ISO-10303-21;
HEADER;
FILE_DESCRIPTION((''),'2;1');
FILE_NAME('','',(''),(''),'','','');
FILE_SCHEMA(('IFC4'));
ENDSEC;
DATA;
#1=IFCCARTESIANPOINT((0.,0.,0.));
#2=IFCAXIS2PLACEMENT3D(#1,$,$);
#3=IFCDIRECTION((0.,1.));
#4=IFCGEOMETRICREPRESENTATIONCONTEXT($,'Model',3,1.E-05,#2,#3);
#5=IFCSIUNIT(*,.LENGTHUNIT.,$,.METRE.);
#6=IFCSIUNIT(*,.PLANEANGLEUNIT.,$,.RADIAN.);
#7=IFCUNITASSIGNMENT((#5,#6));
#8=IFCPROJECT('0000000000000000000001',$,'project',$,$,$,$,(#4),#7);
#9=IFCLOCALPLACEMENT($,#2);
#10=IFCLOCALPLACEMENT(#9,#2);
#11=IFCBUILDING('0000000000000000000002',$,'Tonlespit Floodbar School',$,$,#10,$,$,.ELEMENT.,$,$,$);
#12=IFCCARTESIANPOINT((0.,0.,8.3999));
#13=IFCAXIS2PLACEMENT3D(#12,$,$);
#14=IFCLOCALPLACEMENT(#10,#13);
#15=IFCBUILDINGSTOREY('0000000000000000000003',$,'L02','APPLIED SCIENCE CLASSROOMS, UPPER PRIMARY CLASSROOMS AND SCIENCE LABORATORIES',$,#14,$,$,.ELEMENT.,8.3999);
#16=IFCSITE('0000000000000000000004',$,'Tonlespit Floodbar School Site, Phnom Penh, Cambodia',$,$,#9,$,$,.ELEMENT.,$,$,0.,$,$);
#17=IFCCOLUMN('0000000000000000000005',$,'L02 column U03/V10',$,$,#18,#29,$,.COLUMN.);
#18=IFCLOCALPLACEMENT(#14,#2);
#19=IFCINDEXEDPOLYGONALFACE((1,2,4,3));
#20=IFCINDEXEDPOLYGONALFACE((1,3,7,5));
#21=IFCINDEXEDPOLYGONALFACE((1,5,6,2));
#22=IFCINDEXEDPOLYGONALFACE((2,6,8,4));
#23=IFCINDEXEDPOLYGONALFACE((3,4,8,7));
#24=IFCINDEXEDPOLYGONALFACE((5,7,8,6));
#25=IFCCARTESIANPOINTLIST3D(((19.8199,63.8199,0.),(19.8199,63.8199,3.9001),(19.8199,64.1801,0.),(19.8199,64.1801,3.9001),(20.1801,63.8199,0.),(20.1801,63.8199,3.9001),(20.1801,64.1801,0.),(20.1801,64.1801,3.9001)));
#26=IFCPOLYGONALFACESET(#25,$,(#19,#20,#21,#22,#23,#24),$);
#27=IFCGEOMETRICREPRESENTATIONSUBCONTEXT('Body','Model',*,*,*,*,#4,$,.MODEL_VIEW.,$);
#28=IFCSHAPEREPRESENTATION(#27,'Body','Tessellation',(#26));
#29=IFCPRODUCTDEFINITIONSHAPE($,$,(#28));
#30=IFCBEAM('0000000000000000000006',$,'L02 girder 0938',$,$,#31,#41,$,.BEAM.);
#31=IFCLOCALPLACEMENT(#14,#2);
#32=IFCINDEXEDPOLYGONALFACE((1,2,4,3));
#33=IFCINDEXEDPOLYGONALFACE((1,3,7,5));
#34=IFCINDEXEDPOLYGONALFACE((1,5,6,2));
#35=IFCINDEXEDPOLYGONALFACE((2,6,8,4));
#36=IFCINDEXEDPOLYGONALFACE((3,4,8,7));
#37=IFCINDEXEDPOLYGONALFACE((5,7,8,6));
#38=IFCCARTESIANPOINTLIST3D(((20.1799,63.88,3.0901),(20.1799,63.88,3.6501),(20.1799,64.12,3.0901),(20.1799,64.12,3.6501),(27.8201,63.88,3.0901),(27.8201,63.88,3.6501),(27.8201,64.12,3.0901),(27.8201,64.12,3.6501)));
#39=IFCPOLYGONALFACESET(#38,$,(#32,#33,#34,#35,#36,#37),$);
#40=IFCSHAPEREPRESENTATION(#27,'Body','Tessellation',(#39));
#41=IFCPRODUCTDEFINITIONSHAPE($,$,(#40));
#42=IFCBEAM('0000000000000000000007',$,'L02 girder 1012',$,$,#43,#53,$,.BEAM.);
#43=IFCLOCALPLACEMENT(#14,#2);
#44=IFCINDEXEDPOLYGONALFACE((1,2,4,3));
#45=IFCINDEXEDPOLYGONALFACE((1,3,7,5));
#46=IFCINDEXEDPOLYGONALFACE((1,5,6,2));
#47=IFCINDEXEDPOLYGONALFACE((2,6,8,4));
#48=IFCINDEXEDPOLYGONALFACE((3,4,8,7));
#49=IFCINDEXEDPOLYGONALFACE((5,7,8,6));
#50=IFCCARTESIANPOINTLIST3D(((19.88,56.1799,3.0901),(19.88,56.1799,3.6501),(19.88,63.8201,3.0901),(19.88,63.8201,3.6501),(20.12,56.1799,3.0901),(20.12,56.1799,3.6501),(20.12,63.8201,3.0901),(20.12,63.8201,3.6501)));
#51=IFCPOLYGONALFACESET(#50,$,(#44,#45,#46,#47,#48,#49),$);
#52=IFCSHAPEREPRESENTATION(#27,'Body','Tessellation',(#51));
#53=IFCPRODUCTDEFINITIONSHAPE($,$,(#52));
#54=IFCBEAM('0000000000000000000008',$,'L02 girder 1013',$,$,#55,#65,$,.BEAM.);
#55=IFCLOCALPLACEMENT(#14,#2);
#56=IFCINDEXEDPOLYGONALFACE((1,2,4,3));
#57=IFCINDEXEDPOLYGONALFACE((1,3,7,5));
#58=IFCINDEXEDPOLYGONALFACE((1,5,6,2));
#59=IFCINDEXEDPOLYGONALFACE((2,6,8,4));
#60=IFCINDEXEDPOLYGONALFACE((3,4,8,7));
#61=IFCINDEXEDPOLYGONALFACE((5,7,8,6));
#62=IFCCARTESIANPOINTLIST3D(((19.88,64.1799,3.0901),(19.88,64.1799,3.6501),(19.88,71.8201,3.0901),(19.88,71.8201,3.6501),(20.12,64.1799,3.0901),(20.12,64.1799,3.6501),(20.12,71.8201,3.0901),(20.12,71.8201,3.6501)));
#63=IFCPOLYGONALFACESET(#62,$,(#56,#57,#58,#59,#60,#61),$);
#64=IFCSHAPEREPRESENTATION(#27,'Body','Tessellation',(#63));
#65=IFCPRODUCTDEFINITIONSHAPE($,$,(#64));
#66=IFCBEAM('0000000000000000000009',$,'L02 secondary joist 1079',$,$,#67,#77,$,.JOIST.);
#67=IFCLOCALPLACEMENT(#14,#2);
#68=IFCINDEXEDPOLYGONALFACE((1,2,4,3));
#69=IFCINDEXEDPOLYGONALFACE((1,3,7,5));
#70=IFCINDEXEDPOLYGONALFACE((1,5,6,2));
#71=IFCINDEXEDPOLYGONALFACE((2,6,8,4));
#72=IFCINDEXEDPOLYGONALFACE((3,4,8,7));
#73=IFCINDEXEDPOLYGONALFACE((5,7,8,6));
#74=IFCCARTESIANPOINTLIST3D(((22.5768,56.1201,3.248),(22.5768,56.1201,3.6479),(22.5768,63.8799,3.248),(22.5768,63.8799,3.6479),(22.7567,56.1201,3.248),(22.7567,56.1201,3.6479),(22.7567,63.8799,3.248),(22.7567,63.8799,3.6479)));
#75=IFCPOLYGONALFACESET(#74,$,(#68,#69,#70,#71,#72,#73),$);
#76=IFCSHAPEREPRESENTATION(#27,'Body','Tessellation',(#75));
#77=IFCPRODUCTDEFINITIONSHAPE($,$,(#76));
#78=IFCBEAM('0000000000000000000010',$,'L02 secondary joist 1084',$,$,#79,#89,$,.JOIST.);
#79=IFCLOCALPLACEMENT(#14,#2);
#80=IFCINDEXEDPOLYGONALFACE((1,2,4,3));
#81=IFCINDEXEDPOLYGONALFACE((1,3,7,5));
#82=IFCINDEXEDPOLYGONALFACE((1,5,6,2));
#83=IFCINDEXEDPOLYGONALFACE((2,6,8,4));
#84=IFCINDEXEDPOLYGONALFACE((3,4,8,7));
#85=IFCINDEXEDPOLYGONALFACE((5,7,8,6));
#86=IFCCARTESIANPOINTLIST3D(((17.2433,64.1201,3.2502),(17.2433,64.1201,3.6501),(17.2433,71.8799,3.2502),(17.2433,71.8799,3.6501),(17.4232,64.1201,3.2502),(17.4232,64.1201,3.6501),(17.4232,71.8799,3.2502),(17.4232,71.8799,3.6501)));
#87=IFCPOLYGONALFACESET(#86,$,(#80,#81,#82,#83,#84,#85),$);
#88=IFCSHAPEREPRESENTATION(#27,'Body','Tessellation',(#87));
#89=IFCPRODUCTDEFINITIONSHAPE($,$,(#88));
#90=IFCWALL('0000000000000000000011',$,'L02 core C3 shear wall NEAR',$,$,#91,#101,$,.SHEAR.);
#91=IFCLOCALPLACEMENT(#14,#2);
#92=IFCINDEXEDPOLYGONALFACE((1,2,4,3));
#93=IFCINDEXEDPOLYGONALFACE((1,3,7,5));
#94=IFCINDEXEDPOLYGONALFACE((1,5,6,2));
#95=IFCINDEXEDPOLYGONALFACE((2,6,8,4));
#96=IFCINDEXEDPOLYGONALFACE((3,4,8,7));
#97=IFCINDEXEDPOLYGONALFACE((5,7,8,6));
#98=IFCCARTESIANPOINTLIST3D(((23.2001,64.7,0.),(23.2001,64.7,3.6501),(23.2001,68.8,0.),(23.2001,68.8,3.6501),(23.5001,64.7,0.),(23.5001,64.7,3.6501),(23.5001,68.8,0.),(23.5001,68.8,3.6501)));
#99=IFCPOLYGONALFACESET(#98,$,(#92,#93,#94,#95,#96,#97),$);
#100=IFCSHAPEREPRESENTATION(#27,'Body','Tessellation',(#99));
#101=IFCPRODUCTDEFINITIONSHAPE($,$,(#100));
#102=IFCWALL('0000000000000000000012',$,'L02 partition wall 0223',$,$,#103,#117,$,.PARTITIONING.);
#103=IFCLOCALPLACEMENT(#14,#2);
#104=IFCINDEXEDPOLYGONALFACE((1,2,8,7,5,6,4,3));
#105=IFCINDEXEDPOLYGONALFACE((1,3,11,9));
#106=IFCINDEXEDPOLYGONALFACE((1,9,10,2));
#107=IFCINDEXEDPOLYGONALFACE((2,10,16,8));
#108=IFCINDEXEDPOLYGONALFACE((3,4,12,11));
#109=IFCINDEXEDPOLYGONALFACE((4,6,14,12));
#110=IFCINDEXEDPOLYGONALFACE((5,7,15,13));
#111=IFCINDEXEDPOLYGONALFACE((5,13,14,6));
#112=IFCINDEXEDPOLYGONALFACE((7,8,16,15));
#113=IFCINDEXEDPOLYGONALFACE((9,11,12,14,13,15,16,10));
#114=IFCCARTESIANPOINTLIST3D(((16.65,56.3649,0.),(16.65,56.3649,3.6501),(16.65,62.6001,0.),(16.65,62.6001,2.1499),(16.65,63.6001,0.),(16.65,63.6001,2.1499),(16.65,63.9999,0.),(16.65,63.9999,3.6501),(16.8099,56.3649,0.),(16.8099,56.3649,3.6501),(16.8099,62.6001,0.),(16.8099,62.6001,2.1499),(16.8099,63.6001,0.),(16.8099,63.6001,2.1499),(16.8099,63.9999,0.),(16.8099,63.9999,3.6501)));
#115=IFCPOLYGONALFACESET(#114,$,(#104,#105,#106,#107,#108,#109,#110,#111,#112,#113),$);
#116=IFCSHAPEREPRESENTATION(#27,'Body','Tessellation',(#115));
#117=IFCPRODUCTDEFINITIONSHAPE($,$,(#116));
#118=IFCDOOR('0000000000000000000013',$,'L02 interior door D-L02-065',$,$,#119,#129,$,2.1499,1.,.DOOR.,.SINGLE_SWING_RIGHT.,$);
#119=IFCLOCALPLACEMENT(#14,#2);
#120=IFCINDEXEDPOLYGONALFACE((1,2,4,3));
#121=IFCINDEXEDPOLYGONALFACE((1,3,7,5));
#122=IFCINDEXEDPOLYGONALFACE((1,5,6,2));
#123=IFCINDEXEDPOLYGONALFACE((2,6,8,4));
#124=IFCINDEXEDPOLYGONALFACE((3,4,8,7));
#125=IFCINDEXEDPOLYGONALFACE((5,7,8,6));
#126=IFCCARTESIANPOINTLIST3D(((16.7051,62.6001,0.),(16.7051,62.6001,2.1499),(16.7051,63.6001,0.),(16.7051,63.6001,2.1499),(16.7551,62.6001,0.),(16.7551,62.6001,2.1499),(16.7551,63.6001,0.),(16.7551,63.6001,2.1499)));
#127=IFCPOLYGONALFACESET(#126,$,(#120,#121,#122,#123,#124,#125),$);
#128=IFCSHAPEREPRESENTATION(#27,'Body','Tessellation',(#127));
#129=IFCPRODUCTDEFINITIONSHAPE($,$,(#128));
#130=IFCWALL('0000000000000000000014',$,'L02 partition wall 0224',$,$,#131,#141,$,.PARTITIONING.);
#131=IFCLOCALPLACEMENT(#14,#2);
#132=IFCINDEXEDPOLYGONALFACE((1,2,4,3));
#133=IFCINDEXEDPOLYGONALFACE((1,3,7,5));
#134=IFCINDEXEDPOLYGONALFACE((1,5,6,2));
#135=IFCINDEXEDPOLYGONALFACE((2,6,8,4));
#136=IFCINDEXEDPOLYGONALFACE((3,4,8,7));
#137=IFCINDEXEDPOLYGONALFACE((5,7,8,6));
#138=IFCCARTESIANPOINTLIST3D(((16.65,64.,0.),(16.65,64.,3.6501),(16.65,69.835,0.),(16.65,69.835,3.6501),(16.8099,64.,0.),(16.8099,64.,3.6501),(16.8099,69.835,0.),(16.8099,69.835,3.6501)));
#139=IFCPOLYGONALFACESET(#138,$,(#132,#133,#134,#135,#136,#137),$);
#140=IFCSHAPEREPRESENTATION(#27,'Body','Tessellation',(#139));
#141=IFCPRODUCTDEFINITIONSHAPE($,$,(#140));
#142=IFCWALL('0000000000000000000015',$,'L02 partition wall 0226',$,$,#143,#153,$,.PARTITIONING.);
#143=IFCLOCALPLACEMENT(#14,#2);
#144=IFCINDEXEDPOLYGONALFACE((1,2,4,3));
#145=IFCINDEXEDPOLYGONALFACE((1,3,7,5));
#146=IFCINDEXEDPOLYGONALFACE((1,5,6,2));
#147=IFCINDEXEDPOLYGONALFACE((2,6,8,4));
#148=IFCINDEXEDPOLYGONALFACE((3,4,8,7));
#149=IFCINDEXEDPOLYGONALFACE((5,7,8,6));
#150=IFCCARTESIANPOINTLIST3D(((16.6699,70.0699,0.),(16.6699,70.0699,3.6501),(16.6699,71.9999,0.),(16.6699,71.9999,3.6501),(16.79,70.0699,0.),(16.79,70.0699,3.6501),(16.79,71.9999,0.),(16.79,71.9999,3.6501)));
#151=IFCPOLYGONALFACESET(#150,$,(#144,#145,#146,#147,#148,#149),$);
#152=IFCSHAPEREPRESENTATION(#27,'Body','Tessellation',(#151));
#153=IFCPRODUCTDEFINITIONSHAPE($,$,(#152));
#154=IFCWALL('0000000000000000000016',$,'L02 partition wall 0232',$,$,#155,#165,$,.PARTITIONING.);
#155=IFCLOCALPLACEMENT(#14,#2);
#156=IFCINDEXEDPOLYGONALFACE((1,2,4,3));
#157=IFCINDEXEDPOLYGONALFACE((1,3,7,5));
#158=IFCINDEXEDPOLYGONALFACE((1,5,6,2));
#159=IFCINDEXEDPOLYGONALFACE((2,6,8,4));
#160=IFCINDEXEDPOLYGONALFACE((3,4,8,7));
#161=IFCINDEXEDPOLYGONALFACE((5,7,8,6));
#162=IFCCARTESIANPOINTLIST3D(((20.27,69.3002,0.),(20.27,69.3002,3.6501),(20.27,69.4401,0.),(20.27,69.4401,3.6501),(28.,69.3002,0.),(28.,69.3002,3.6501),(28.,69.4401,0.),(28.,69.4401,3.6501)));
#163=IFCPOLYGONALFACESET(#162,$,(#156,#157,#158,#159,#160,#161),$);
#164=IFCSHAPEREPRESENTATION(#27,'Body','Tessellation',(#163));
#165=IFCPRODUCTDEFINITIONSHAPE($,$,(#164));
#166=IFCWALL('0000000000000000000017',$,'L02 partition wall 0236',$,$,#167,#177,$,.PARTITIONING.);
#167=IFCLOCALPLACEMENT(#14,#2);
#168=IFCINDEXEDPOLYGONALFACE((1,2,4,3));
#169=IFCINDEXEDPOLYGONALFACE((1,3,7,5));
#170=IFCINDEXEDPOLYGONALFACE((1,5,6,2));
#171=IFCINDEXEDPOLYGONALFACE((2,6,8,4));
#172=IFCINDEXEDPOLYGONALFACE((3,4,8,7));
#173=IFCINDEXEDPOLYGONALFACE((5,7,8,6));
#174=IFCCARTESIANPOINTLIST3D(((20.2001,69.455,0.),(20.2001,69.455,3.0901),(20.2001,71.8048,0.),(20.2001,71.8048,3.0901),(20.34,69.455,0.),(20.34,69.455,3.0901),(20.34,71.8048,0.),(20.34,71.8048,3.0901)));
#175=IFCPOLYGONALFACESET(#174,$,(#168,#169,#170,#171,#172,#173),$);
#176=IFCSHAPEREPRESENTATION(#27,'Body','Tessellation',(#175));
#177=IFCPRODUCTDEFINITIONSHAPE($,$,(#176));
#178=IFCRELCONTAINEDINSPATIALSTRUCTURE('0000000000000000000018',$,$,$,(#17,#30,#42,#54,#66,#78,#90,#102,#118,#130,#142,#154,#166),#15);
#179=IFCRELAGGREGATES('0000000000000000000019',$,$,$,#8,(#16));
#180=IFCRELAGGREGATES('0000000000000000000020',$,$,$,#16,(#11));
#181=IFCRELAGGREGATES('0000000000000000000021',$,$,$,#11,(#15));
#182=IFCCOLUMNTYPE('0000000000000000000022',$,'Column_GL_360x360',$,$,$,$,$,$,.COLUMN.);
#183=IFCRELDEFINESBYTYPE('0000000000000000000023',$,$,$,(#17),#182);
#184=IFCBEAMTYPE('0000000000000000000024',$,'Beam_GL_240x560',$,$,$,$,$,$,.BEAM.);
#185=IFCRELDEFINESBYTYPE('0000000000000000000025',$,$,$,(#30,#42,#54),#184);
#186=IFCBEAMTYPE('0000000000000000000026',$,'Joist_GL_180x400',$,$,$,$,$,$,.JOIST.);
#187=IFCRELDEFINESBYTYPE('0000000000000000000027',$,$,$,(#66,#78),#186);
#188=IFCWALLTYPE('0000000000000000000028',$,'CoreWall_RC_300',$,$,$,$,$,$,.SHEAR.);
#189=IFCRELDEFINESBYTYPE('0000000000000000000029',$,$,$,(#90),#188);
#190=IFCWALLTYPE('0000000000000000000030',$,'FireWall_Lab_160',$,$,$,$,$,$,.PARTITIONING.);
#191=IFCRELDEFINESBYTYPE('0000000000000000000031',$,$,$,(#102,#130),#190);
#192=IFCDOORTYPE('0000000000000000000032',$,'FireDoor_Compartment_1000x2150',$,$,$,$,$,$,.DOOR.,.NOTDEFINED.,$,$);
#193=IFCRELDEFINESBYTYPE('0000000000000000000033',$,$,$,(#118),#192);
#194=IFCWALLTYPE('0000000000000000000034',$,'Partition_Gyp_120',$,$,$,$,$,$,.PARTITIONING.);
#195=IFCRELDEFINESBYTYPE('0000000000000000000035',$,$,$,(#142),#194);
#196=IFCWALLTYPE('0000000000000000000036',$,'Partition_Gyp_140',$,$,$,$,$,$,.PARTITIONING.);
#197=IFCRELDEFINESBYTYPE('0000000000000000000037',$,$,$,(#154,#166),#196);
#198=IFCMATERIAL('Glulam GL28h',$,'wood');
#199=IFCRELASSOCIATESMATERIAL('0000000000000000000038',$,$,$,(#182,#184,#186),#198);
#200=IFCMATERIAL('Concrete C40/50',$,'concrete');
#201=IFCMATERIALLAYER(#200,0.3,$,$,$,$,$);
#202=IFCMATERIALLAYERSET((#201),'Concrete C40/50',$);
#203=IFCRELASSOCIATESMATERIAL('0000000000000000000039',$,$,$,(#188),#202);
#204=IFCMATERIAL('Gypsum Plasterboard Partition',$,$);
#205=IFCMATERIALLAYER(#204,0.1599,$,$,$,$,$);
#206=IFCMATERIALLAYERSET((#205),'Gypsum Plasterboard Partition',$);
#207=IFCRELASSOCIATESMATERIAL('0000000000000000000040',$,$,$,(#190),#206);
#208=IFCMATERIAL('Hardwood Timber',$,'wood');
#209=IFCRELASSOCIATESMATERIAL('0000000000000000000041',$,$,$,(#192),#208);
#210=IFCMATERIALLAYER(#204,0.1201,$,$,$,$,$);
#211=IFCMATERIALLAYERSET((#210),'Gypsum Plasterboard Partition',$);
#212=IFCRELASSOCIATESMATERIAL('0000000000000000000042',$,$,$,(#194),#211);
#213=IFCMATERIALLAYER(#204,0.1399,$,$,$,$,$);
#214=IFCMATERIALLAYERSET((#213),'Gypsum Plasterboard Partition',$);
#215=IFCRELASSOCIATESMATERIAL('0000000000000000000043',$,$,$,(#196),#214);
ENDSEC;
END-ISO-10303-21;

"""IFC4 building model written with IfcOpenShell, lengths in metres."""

from ifc_helpers import new_model, si_unit, direction, frame, frame_2d, origin, origin_2d, place, context, subcontext, project, spatial, rectangle, extrude, material, layer, layer_set, material_profile, profile_set, type_object, element, fill, save


model = new_model("IFC4")

# Units and contexts
model_context = context("Model", 3, precision=1e-05, world=origin(), true_north=direction((0.0, 1.0)))
body_context = subcontext(model_context, "Body", "Model", "MODEL_VIEW")
ifc_project = project(units=[si_unit("LENGTHUNIT", "METRE"), si_unit("PLANEANGLEUNIT", "RADIAN")], contexts=[model_context])

# Site, building, storey
site_placement = place(None, origin())
site = spatial("IfcSite", under=ifc_project, at=site_placement, Name="Tonlespit Floodbar School Site, Phnom Penh, Cambodia", CompositionType="ELEMENT", RefElevation=0.0)
building_placement = place(site_placement, origin())
building = spatial("IfcBuilding", under=site, at=building_placement, Name="Tonlespit Floodbar School", CompositionType="ELEMENT")
storey_placement = place(building_placement, frame((0.0, 0.0, 8.3999)))
storey = spatial("IfcBuildingStorey", under=building, at=storey_placement, Name="L02", Description="APPLIED SCIENCE CLASSROOMS, UPPER PRIMARY CLASSROOMS AND SCIENCE LABORATORIES", CompositionType="ELEMENT", Elevation=8.3999)

# Column
ifc_material_1 = material(Name="Glulam GL28h", Category="wood")
ifc_material_profile_1 = material_profile(ifc_material_1, rectangle(XDim=0.3601, YDim=0.3601, at=origin_2d()), Name="GL 360x360")
ifc_profile_set_1 = profile_set([ifc_material_profile_1], Name="Glulam GL28h")
column_type = type_object("IfcColumnType", Name="Column_GL_360x360", PredefinedType="COLUMN", material=ifc_profile_set_1)
column_placement = place(storey_placement, frame((20.0, 64.0, 0.0), z_axis=(0.0, 0.0, 1.0), x_axis=(1.0, 0.0, 0.0)))
element("IfcColumn", 1, at=column_placement, inside=storey, type_object=column_type, Name="L02 column U03/V10", PredefinedType="COLUMN", context=body_context, shape_type="SweptSolid", body=[
    extrude(rectangle(XDim=0.3601, YDim=0.3601, at=origin_2d()), origin(), (0.0, 0.0, 1.0), 3.9001),
])

# Beams
ifc_material_profile_2 = material_profile(ifc_material_1, rectangle(XDim=0.24, YDim=0.5601, at=origin_2d()), Name="GL 240x560")
ifc_profile_set_2 = profile_set([ifc_material_profile_2], Name="Glulam GL28h")
beam_type_1 = type_object("IfcBeamType", Name="Beam_GL_240x560", PredefinedType="BEAM", material=ifc_profile_set_2)
for number, where, z_axis, x_axis, name in (
    (2, (20.1799, 64.0, 3.3701), (1.0, 0.0, 0.0), (0.0, 1.0, 0.0), "L02 girder 0938"),
    (3, (20.0, 56.1799, 3.3701), (0.0, 1.0, 0.0), (-1.0, 0.0, 0.0), "L02 girder 1012"),
    (4, (20.0, 64.1799, 3.3701), (0.0, 1.0, 0.0), (-1.0, 0.0, 0.0), "L02 girder 1013"),
):
    element("IfcBeam", number, at=place(storey_placement, frame(where, z_axis=z_axis, x_axis=x_axis)), inside=storey, type_object=beam_type_1, Name=name, PredefinedType="BEAM", context=body_context, shape_type="SweptSolid", body=[
        extrude(rectangle(XDim=0.24, YDim=0.5601, at=origin_2d()), origin(), (0.0, 0.0, 1.0), 7.6401),
    ])
ifc_material_profile_3 = material_profile(ifc_material_1, rectangle(XDim=0.1799, YDim=0.3999, at=origin_2d()), Name="GL 180x400")
ifc_profile_set_3 = profile_set([ifc_material_profile_3], Name="Glulam GL28h")
beam_type_2 = type_object("IfcBeamType", Name="Joist_GL_180x400", PredefinedType="JOIST", material=ifc_profile_set_3)
for number, where, z_axis, x_axis, name in (
    (5, (22.6667, 56.1201, 3.448), (0.0, 1.0, 0.0), (-1.0, 0.0, 0.0), "L02 secondary joist 1079"),
    (6, (17.3333, 64.1201, 3.4502), (0.0, 1.0, 0.0), (-1.0, 0.0, 0.0), "L02 secondary joist 1084"),
):
    element("IfcBeam", number, at=place(storey_placement, frame(where, z_axis=z_axis, x_axis=x_axis)), inside=storey, type_object=beam_type_2, Name=name, PredefinedType="JOIST", context=body_context, shape_type="SweptSolid", body=[
        extrude(rectangle(XDim=0.1799, YDim=0.3999, at=origin_2d()), origin(), (0.0, 0.0, 1.0), 7.7598),
    ])

# Wall
ifc_material_2 = material(Name="Concrete C40/50", Category="concrete")
ifc_layer_1 = layer(ifc_material_2, 0.3)
ifc_layer_set_1 = layer_set([ifc_layer_1], Name="Concrete C40/50")
wall_type_1 = type_object("IfcWallType", Name="CoreWall_RC_300", PredefinedType="SHEAR", material=ifc_layer_set_1)
wall_1_placement = place(storey_placement, frame((23.3501, 64.7, 0.0), z_axis=(0.0, 0.0, 1.0), x_axis=(0.0, 1.0, 0.0)))
element("IfcWall", 7, at=wall_1_placement, inside=storey, type_object=wall_type_1, Name="L02 core C3 shear wall NEAR", PredefinedType="SHEAR", context=body_context, shape_type="SweptSolid", body=[
    extrude(rectangle(XDim=4.1001, YDim=0.3, at=frame_2d((2.05, 0.0))), origin(), (0.0, 0.0, 1.0), 3.6501),
])

# Wall, opening, door
ifc_material_3 = material(Name="Gypsum Plasterboard Partition")
ifc_layer_2 = layer(ifc_material_3, 0.1599)
ifc_layer_set_2 = layer_set([ifc_layer_2], Name="Gypsum Plasterboard Partition")
wall_type_2 = type_object("IfcWallType", Name="FireWall_Lab_160", PredefinedType="PARTITIONING", material=ifc_layer_set_2)
wall_2_placement = place(storey_placement, frame((16.73, 56.365, 0.0), z_axis=(0.0, 0.0, 1.0), x_axis=(0.0, 1.0, 0.0)))
wall_2 = element("IfcWall", 8, at=wall_2_placement, inside=storey, type_object=wall_type_2, Name="L02 partition wall 0223", PredefinedType="PARTITIONING", context=body_context, shape_type="SweptSolid", body=[
    extrude(rectangle(XDim=7.635, YDim=0.1599, at=frame_2d((3.8174, 0.0))), origin(), (0.0, 0.0, 1.0), 3.6501),
])
opening_1_placement = place(wall_2_placement, frame((6.2351, 0.0, 0.0)))
opening_1 = element("IfcOpeningElement", 9, at=opening_1_placement, cuts=wall_2, PredefinedType="OPENING", context=body_context, shape_type="SweptSolid", body=[
    extrude(rectangle(XDim=1.0, YDim=2.1499, at=frame_2d((0.5, 1.075))), frame((0.0, 0.0898, 0.0), z_axis=(0.0, -1.0, 0.0), x_axis=(1.0, 0.0, 0.0)), (0.0, 0.0, 1.0), 0.1799),
])
ifc_material_4 = material(Name="Hardwood Timber", Category="wood")
door_type_1 = type_object("IfcDoorType", Name="FireDoor_Compartment_1000x2150", OperationType="NOTDEFINED", PredefinedType="DOOR", material=ifc_material_4)
door_1_placement = place(opening_1_placement, origin())
door_1 = element("IfcDoor", 10, at=door_1_placement, inside=storey, type_object=door_type_1, Name="L02 interior door D-L02-065", OperationType="SINGLE_SWING_RIGHT", OverallHeight=2.1499, OverallWidth=1.0, PredefinedType="DOOR", context=body_context, shape_type="SweptSolid", body=[
    extrude(rectangle(XDim=1.0, YDim=2.1499, at=frame_2d((0.5, 1.075))), frame((0.0, 0.0249, 0.0), z_axis=(0.0, -1.0, 0.0), x_axis=(1.0, 0.0, 0.0)), (0.0, 0.0, 1.0), 0.05),
])
fill(opening_1, door_1)

# Walls
wall_3_placement = place(storey_placement, frame((16.73, 64.0, 0.0), z_axis=(0.0, 0.0, 1.0), x_axis=(0.0, 1.0, 0.0)))
element("IfcWall", 11, at=wall_3_placement, inside=storey, type_object=wall_type_2, Name="L02 partition wall 0224", PredefinedType="PARTITIONING", context=body_context, shape_type="SweptSolid", body=[
    extrude(rectangle(XDim=5.835, YDim=0.1599, at=frame_2d((2.9175, 0.0))), origin(), (0.0, 0.0, 1.0), 3.6501),
])
ifc_layer_3 = layer(ifc_material_3, 0.1201)
ifc_layer_set_3 = layer_set([ifc_layer_3], Name="Gypsum Plasterboard Partition")
wall_type_3 = type_object("IfcWallType", Name="Partition_Gyp_120", PredefinedType="PARTITIONING", material=ifc_layer_set_3)
wall_4_placement = place(storey_placement, frame((16.73, 70.0701, 0.0), z_axis=(0.0, 0.0, 1.0), x_axis=(0.0, 1.0, 0.0)))
element("IfcWall", 12, at=wall_4_placement, inside=storey, type_object=wall_type_3, Name="L02 partition wall 0226", PredefinedType="PARTITIONING", context=body_context, shape_type="SweptSolid", body=[
    extrude(rectangle(XDim=1.9299, YDim=0.1201, at=frame_2d((0.9648, 0.0))), origin(), (0.0, 0.0, 1.0), 3.6501),
])
ifc_layer_4 = layer(ifc_material_3, 0.1399)
ifc_layer_set_4 = layer_set([ifc_layer_4], Name="Gypsum Plasterboard Partition")
wall_type_4 = type_object("IfcWallType", Name="Partition_Gyp_140", PredefinedType="PARTITIONING", material=ifc_layer_set_4)
wall_5_placement = place(storey_placement, frame((20.27, 69.3701, 0.0), z_axis=(0.0, 0.0, 1.0), x_axis=(1.0, 0.0, 0.0)))
element("IfcWall", 13, at=wall_5_placement, inside=storey, type_object=wall_type_4, Name="L02 partition wall 0232", PredefinedType="PARTITIONING", context=body_context, shape_type="SweptSolid", body=[
    extrude(rectangle(XDim=7.73, YDim=0.1399, at=frame_2d((3.865, 0.0))), origin(), (0.0, 0.0, 1.0), 3.6501),
])
wall_6_placement = place(storey_placement, frame((20.27, 69.4551, 0.0), z_axis=(0.0, 0.0, 1.0), x_axis=(0.0, 1.0, 0.0)))
element("IfcWall", 14, at=wall_6_placement, inside=storey, type_object=wall_type_4, Name="L02 partition wall 0236", PredefinedType="PARTITIONING", context=body_context, shape_type="SweptSolid", body=[
    extrude(rectangle(XDim=2.3499, YDim=0.1399, at=frame_2d((1.1748, 0.0))), origin(), (0.0, 0.0, 1.0), 3.0901),
])

save(model, "model.ifc")
